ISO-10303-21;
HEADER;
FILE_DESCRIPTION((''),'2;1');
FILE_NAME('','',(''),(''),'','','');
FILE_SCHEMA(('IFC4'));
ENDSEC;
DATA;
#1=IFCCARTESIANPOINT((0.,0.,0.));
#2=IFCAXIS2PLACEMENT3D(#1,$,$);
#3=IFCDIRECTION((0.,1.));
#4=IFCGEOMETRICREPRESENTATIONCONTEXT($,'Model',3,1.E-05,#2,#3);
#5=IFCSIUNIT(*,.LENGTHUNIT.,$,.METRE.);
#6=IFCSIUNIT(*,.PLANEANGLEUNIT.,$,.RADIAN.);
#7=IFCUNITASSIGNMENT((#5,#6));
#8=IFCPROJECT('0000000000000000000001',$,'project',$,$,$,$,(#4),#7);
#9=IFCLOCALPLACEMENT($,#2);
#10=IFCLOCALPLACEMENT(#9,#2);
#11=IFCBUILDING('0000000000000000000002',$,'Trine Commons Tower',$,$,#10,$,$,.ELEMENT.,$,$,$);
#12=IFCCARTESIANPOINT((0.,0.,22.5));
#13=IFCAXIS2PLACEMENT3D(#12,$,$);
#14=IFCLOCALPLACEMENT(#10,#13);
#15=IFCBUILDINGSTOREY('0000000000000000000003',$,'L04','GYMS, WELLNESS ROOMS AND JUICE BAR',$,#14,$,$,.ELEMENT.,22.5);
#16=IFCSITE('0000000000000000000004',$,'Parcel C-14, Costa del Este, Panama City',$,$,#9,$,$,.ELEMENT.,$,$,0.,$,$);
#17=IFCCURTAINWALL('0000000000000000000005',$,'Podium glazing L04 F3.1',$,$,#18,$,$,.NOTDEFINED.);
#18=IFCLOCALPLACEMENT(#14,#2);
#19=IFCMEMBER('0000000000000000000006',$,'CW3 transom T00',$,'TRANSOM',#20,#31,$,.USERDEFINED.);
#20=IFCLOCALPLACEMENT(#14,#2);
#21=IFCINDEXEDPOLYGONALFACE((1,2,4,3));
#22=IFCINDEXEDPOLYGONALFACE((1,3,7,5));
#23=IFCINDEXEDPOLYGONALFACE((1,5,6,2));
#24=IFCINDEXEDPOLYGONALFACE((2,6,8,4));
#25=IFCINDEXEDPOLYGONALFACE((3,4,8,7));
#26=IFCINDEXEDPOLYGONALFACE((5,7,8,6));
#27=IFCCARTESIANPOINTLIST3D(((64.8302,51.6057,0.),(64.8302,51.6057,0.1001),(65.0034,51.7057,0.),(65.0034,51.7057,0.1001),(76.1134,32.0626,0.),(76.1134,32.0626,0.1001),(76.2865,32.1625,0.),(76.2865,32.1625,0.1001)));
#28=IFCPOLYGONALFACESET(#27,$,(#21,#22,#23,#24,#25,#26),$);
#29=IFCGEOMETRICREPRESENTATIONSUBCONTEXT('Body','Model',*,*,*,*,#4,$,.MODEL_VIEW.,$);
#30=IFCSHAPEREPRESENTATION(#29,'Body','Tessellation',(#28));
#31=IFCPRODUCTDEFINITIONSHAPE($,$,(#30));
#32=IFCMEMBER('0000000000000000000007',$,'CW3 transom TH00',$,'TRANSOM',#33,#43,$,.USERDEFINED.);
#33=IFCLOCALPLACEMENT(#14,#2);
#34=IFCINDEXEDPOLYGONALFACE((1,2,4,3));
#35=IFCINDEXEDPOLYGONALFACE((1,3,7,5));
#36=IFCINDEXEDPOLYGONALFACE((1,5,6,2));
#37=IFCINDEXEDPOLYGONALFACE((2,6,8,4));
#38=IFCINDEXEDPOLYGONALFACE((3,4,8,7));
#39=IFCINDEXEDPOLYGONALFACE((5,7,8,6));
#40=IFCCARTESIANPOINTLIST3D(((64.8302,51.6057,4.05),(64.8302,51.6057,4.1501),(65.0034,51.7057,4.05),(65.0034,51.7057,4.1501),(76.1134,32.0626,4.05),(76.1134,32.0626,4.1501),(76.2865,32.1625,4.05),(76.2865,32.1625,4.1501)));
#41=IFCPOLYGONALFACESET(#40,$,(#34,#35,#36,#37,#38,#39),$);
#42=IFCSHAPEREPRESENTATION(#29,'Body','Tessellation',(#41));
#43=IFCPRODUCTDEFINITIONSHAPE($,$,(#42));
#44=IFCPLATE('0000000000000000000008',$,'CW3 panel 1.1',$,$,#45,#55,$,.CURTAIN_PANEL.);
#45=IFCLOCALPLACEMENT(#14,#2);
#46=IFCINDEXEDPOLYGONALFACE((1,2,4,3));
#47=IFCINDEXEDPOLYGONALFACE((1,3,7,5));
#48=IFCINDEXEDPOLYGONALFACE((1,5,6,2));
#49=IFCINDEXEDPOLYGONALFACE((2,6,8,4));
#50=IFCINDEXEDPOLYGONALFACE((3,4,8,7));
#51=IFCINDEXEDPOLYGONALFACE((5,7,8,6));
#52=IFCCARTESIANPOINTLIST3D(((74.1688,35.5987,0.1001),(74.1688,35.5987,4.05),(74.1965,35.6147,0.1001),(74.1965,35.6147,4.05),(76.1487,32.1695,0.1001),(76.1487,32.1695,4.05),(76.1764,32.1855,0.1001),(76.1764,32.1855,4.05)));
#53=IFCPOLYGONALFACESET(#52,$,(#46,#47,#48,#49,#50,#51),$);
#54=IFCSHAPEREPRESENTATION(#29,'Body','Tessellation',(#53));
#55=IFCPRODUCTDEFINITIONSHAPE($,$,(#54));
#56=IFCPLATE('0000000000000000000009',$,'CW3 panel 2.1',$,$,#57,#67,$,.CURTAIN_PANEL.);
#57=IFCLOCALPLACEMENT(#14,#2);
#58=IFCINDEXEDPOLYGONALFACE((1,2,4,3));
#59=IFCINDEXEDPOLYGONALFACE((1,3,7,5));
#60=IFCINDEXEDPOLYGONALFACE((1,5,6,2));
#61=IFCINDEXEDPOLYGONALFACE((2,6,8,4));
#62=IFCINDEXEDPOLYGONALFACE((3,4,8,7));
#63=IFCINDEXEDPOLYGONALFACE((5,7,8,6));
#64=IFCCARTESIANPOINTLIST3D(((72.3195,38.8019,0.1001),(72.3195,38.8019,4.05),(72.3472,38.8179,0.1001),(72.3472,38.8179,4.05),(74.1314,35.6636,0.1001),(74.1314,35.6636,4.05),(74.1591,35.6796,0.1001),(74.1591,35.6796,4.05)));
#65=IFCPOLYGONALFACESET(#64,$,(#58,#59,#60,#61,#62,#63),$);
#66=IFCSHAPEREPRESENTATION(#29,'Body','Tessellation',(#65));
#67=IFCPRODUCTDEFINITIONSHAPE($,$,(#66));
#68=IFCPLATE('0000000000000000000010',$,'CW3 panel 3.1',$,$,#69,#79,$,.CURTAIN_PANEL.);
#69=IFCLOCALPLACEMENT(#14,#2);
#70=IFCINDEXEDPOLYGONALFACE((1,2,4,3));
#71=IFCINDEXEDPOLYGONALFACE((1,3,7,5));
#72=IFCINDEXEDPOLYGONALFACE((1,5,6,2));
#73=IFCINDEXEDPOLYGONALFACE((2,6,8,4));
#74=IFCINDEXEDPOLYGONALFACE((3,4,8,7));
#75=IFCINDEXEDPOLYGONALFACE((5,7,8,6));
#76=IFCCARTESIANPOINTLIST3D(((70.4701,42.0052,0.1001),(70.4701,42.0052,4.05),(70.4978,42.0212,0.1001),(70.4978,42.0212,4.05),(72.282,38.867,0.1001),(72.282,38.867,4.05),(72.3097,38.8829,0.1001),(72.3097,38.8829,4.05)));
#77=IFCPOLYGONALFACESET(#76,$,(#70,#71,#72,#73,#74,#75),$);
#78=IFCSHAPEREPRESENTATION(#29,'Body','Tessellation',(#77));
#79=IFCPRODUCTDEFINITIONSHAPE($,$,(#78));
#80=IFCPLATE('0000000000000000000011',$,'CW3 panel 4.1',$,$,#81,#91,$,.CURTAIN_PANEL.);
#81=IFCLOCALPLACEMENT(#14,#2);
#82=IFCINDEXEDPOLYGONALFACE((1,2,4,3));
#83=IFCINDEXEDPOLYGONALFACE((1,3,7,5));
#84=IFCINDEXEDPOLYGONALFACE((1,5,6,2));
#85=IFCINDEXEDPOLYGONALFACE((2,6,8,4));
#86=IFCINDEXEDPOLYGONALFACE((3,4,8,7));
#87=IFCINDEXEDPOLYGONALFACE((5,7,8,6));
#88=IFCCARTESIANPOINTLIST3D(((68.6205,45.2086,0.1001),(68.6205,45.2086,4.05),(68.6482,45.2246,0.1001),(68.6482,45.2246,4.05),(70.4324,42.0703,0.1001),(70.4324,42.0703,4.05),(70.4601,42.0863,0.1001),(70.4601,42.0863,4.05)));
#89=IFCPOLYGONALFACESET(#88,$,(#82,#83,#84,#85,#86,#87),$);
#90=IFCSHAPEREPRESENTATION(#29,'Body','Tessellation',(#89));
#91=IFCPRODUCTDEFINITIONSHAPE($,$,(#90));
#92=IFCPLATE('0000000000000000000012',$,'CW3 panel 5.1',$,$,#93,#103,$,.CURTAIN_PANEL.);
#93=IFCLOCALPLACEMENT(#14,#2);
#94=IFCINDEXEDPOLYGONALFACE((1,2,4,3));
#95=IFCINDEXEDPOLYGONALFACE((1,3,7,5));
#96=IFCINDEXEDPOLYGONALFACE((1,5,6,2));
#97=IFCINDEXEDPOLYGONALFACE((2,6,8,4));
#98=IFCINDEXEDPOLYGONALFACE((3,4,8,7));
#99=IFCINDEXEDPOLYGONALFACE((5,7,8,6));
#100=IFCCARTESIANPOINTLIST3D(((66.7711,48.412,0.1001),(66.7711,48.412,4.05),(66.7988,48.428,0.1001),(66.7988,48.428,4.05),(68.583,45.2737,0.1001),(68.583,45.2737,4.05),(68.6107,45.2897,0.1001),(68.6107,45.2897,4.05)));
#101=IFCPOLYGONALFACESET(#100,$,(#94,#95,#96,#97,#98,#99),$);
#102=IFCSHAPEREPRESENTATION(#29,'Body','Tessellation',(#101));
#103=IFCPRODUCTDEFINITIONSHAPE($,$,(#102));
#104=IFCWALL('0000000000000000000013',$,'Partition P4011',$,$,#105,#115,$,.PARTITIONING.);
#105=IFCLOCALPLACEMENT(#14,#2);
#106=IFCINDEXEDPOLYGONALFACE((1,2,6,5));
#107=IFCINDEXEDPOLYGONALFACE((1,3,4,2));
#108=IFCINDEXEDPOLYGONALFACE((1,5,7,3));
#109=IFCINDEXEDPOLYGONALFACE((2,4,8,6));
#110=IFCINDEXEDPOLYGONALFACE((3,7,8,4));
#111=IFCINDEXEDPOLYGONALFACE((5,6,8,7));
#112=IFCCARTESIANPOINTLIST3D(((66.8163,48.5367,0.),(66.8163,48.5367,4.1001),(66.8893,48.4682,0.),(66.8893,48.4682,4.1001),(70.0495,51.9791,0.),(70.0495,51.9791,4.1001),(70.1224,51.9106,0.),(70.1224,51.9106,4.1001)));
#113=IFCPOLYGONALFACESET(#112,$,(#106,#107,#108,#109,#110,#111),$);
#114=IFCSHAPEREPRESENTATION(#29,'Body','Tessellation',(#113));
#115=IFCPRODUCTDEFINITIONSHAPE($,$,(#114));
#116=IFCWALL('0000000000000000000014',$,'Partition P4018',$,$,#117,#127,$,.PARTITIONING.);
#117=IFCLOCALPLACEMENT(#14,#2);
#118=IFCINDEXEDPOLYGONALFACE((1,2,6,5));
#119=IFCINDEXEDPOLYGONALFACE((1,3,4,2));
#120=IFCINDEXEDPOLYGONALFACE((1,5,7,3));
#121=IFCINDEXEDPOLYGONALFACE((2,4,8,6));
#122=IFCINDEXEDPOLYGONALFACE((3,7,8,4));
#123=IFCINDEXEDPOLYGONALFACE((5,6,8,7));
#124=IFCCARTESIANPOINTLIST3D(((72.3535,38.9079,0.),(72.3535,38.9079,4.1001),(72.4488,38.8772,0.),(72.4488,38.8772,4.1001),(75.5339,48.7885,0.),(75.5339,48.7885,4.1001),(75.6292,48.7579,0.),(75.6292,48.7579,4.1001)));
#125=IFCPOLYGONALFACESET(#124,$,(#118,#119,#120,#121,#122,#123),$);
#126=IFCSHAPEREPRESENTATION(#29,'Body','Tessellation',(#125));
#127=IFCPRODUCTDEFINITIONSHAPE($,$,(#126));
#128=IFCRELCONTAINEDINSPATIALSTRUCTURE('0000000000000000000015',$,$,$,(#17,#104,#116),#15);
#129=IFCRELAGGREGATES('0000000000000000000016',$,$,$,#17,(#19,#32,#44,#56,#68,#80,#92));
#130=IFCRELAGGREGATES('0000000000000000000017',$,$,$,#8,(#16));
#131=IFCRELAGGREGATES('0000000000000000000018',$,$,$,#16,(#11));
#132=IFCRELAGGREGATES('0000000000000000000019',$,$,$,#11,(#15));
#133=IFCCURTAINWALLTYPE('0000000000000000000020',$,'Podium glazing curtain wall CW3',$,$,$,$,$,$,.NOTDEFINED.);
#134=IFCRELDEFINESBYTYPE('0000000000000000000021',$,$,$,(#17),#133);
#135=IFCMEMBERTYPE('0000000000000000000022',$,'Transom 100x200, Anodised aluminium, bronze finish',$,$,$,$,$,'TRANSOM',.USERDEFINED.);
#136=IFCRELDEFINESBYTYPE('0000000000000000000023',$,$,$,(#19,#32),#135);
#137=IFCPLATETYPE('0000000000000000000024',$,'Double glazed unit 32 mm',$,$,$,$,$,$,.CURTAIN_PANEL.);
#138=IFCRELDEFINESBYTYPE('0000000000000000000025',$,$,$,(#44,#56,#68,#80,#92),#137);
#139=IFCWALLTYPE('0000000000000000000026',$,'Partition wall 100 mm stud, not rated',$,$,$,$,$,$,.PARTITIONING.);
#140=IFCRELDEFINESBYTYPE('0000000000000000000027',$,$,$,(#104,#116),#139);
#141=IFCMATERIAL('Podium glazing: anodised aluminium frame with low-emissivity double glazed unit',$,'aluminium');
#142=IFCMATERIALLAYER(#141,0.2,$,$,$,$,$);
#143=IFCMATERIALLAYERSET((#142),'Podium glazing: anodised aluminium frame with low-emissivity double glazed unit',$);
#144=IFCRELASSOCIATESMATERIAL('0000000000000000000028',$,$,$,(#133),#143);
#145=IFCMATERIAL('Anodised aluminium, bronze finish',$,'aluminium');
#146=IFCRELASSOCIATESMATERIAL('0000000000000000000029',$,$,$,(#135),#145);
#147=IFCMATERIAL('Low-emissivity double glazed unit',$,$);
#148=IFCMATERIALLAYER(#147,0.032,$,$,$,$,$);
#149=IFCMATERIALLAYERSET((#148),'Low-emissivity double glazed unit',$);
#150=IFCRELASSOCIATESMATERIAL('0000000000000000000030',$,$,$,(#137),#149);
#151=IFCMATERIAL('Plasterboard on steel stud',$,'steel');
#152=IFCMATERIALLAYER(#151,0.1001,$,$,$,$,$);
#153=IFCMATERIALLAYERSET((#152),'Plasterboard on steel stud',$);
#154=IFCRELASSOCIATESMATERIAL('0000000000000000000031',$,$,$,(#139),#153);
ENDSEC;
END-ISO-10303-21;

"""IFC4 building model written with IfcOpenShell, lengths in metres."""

from ifc_helpers import new_model, si_unit, direction, frame, frame_2d, origin, origin_2d, place, context, subcontext, project, spatial, rectangle, extrude, material, layer, layer_set, material_profile, profile_set, type_object, element, aggregate, save


model = new_model("IFC4")

# Units and contexts
model_context = context("Model", 3, precision=1e-05, world=origin(), true_north=direction((0.0, 1.0)))
body_context = subcontext(model_context, "Body", "Model", "MODEL_VIEW")
ifc_project = project(units=[si_unit("LENGTHUNIT", "METRE"), si_unit("PLANEANGLEUNIT", "RADIAN")], contexts=[model_context])

# Site, building, storey
site_placement = place(None, origin())
site = spatial("IfcSite", under=ifc_project, at=site_placement, Name="Parcel C-14, Costa del Este, Panama City", CompositionType="ELEMENT", RefElevation=0.0)
building_placement = place(site_placement, origin())
building = spatial("IfcBuilding", under=site, at=building_placement, Name="Trine Commons Tower", CompositionType="ELEMENT")
storey_placement = place(building_placement, frame((0.0, 0.0, 22.5)))
storey = spatial("IfcBuildingStorey", under=building, at=storey_placement, Name="L04", Description="GYMS, WELLNESS ROOMS AND JUICE BAR", CompositionType="ELEMENT", Elevation=22.5)

# Shared definitions
ifc_material_1 = material(Name="Anodised aluminium, bronze finish", Category="aluminium")

# Curtain wall
ifc_material_2 = material(Name="Podium glazing: anodised aluminium frame with low-emissivity double glazed unit", Category="aluminium")
ifc_layer_1 = layer(ifc_material_2, 0.2)
ifc_layer_set_1 = layer_set([ifc_layer_1], Name="Podium glazing: anodised aluminium frame with low-emissivity double glazed unit")
curtain_wall_type_1 = type_object("IfcCurtainWallType", Name="Podium glazing curtain wall CW3", PredefinedType="NOTDEFINED", material=ifc_layer_set_1)
curtain_wall_1_placement = place(storey_placement, origin())
curtain_wall_1 = element("IfcCurtainWall", 1, at=curtain_wall_1_placement, inside=storey, type_object=curtain_wall_type_1, Name="Podium glazing L04 F3.1", PredefinedType="NOTDEFINED")

# Members
ifc_material_profile_1 = material_profile(ifc_material_1, rectangle(XDim=0.2, YDim=0.1001, at=origin_2d()), Name="Transom 100x200")
ifc_profile_set_1 = profile_set([ifc_material_profile_1], Name="Anodised aluminium, bronze finish")
member_type_1 = type_object("IfcMemberType", Name="Transom 100x200, Anodised aluminium, bronze finish", ElementType="TRANSOM", PredefinedType="USERDEFINED", material=ifc_profile_set_1)
member_1_placement = place(storey_placement, frame((76.2, 32.1125, 0.05), z_axis=(-0.499997, 0.866027, 0.0), x_axis=(-0.866027, -0.499997, 0.0)))
member_1 = element("IfcMember", 2, at=member_1_placement, type_object=member_type_1, Name="CW3 transom T00", ObjectType="TRANSOM", PredefinedType="USERDEFINED", context=body_context, shape_type="SweptSolid", body=[
    extrude(rectangle(XDim=0.2, YDim=0.1001, at=origin_2d()), origin(), (0.0, 0.0, 1.0), 22.5664),
])
member_2_placement = place(storey_placement, frame((76.2, 32.1125, 4.1001), z_axis=(-0.499997, 0.866027, 0.0), x_axis=(-0.866027, -0.499997, 0.0)))
member_2 = element("IfcMember", 3, at=member_2_placement, type_object=member_type_1, Name="CW3 transom TH00", ObjectType="TRANSOM", PredefinedType="USERDEFINED", context=body_context, shape_type="SweptSolid", body=[
    extrude(rectangle(XDim=0.2, YDim=0.1001, at=origin_2d()), origin(), (0.0, 0.0, 1.0), 22.5664),
])

# Plates
ifc_material_3 = material(Name="Low-emissivity double glazed unit")
ifc_layer_2 = layer(ifc_material_3, 0.032)
ifc_layer_set_2 = layer_set([ifc_layer_2], Name="Low-emissivity double glazed unit")
plate_type = type_object("IfcPlateType", Name="Double glazed unit 32 mm", PredefinedType="CURTAIN_PANEL", material=ifc_layer_set_2)
plate_1_placement = place(storey_placement, frame((75.1726, 33.8921, 0.1001), z_axis=(0.0, 0.0, 1.0), x_axis=(-0.5, 0.866025, 0.0)))
plate_1 = element("IfcPlate", 4, at=plate_1_placement, type_object=plate_type, Name="CW3 panel 1.1", PredefinedType="CURTAIN_PANEL", context=body_context, shape_type="SweptSolid", body=[
    extrude(rectangle(XDim=3.9597, YDim=0.032, at=origin_2d()), origin(), (0.0, 0.0, 1.0), 3.95),
])
plate_2_placement = place(storey_placement, frame((73.2393, 37.2407, 0.1001), z_axis=(0.0, 0.0, 1.0), x_axis=(-0.5, 0.866025, 0.0)))
plate_2 = element("IfcPlate", 5, at=plate_2_placement, type_object=plate_type, Name="CW3 panel 2.1", PredefinedType="CURTAIN_PANEL", context=body_context, shape_type="SweptSolid", body=[
    extrude(rectangle(XDim=3.6238, YDim=0.032, at=origin_2d()), origin(), (0.0, 0.0, 1.0), 3.95),
])
plate_3_placement = place(storey_placement, frame((71.3899, 40.4441, 0.1001), z_axis=(0.0, 0.0, 1.0), x_axis=(-0.5, 0.866025, 0.0)))
plate_3 = element("IfcPlate", 6, at=plate_3_placement, type_object=plate_type, Name="CW3 panel 3.1", PredefinedType="CURTAIN_PANEL", context=body_context, shape_type="SweptSolid", body=[
    extrude(rectangle(XDim=3.6238, YDim=0.032, at=origin_2d()), origin(), (0.0, 0.0, 1.0), 3.95),
])
plate_4_placement = place(storey_placement, frame((69.5403, 43.6475, 0.1001), z_axis=(0.0, 0.0, 1.0), x_axis=(-0.5, 0.866025, 0.0)))
plate_4 = element("IfcPlate", 7, at=plate_4_placement, type_object=plate_type, Name="CW3 panel 4.1", PredefinedType="CURTAIN_PANEL", context=body_context, shape_type="SweptSolid", body=[
    extrude(rectangle(XDim=3.6238, YDim=0.032, at=origin_2d()), origin(), (0.0, 0.0, 1.0), 3.95),
])
plate_5_placement = place(storey_placement, frame((67.6909, 46.8508, 0.1001), z_axis=(0.0, 0.0, 1.0), x_axis=(-0.5, 0.866025, 0.0)))
plate_5 = element("IfcPlate", 8, at=plate_5_placement, type_object=plate_type, Name="CW3 panel 5.1", PredefinedType="CURTAIN_PANEL", context=body_context, shape_type="SweptSolid", body=[
    extrude(rectangle(XDim=3.6238, YDim=0.032, at=origin_2d()), origin(), (0.0, 0.0, 1.0), 3.95),
])
aggregate(curtain_wall_1, [member_1, member_2, plate_1, plate_2, plate_3, plate_4, plate_5])

# Walls
ifc_material_4 = material(Name="Plasterboard on steel stud", Category="steel")
ifc_layer_3 = layer(ifc_material_4, 0.1001)
ifc_layer_set_3 = layer_set([ifc_layer_3], Name="Plasterboard on steel stud")
wall_type_1 = type_object("IfcWallType", Name="Partition wall 100 mm stud, not rated", PredefinedType="PARTITIONING", material=ifc_layer_set_3)
wall_1_placement = place(storey_placement, frame((66.8528, 48.5024, 0.0), z_axis=(0.0, 0.0, 1.0), x_axis=(0.684608, 0.728911, 0.0)))
element("IfcWall", 9, at=wall_1_placement, inside=storey, type_object=wall_type_1, Name="Partition P4011", PredefinedType="PARTITIONING", context=body_context, shape_type="SweptSolid", body=[
    extrude(rectangle(XDim=4.7227, YDim=0.1001, at=frame_2d((2.3613, 0.0))), origin(), (0.0, 0.0, 1.0), 4.1001),
])
wall_2_placement = place(storey_placement, frame((72.4011, 38.8926, 0.0), z_axis=(0.0, 0.0, 1.0), x_axis=(0.306403, 0.951902, 0.0)))
element("IfcWall", 10, at=wall_2_placement, inside=storey, type_object=wall_type_1, Name="Partition P4018", PredefinedType="PARTITIONING", context=body_context, shape_type="SweptSolid", body=[
    extrude(rectangle(XDim=10.3799, YDim=0.1001, at=frame_2d((5.1899, 0.0))), origin(), (0.0, 0.0, 1.0), 4.1001),
])

save(model, "model.ifc")
